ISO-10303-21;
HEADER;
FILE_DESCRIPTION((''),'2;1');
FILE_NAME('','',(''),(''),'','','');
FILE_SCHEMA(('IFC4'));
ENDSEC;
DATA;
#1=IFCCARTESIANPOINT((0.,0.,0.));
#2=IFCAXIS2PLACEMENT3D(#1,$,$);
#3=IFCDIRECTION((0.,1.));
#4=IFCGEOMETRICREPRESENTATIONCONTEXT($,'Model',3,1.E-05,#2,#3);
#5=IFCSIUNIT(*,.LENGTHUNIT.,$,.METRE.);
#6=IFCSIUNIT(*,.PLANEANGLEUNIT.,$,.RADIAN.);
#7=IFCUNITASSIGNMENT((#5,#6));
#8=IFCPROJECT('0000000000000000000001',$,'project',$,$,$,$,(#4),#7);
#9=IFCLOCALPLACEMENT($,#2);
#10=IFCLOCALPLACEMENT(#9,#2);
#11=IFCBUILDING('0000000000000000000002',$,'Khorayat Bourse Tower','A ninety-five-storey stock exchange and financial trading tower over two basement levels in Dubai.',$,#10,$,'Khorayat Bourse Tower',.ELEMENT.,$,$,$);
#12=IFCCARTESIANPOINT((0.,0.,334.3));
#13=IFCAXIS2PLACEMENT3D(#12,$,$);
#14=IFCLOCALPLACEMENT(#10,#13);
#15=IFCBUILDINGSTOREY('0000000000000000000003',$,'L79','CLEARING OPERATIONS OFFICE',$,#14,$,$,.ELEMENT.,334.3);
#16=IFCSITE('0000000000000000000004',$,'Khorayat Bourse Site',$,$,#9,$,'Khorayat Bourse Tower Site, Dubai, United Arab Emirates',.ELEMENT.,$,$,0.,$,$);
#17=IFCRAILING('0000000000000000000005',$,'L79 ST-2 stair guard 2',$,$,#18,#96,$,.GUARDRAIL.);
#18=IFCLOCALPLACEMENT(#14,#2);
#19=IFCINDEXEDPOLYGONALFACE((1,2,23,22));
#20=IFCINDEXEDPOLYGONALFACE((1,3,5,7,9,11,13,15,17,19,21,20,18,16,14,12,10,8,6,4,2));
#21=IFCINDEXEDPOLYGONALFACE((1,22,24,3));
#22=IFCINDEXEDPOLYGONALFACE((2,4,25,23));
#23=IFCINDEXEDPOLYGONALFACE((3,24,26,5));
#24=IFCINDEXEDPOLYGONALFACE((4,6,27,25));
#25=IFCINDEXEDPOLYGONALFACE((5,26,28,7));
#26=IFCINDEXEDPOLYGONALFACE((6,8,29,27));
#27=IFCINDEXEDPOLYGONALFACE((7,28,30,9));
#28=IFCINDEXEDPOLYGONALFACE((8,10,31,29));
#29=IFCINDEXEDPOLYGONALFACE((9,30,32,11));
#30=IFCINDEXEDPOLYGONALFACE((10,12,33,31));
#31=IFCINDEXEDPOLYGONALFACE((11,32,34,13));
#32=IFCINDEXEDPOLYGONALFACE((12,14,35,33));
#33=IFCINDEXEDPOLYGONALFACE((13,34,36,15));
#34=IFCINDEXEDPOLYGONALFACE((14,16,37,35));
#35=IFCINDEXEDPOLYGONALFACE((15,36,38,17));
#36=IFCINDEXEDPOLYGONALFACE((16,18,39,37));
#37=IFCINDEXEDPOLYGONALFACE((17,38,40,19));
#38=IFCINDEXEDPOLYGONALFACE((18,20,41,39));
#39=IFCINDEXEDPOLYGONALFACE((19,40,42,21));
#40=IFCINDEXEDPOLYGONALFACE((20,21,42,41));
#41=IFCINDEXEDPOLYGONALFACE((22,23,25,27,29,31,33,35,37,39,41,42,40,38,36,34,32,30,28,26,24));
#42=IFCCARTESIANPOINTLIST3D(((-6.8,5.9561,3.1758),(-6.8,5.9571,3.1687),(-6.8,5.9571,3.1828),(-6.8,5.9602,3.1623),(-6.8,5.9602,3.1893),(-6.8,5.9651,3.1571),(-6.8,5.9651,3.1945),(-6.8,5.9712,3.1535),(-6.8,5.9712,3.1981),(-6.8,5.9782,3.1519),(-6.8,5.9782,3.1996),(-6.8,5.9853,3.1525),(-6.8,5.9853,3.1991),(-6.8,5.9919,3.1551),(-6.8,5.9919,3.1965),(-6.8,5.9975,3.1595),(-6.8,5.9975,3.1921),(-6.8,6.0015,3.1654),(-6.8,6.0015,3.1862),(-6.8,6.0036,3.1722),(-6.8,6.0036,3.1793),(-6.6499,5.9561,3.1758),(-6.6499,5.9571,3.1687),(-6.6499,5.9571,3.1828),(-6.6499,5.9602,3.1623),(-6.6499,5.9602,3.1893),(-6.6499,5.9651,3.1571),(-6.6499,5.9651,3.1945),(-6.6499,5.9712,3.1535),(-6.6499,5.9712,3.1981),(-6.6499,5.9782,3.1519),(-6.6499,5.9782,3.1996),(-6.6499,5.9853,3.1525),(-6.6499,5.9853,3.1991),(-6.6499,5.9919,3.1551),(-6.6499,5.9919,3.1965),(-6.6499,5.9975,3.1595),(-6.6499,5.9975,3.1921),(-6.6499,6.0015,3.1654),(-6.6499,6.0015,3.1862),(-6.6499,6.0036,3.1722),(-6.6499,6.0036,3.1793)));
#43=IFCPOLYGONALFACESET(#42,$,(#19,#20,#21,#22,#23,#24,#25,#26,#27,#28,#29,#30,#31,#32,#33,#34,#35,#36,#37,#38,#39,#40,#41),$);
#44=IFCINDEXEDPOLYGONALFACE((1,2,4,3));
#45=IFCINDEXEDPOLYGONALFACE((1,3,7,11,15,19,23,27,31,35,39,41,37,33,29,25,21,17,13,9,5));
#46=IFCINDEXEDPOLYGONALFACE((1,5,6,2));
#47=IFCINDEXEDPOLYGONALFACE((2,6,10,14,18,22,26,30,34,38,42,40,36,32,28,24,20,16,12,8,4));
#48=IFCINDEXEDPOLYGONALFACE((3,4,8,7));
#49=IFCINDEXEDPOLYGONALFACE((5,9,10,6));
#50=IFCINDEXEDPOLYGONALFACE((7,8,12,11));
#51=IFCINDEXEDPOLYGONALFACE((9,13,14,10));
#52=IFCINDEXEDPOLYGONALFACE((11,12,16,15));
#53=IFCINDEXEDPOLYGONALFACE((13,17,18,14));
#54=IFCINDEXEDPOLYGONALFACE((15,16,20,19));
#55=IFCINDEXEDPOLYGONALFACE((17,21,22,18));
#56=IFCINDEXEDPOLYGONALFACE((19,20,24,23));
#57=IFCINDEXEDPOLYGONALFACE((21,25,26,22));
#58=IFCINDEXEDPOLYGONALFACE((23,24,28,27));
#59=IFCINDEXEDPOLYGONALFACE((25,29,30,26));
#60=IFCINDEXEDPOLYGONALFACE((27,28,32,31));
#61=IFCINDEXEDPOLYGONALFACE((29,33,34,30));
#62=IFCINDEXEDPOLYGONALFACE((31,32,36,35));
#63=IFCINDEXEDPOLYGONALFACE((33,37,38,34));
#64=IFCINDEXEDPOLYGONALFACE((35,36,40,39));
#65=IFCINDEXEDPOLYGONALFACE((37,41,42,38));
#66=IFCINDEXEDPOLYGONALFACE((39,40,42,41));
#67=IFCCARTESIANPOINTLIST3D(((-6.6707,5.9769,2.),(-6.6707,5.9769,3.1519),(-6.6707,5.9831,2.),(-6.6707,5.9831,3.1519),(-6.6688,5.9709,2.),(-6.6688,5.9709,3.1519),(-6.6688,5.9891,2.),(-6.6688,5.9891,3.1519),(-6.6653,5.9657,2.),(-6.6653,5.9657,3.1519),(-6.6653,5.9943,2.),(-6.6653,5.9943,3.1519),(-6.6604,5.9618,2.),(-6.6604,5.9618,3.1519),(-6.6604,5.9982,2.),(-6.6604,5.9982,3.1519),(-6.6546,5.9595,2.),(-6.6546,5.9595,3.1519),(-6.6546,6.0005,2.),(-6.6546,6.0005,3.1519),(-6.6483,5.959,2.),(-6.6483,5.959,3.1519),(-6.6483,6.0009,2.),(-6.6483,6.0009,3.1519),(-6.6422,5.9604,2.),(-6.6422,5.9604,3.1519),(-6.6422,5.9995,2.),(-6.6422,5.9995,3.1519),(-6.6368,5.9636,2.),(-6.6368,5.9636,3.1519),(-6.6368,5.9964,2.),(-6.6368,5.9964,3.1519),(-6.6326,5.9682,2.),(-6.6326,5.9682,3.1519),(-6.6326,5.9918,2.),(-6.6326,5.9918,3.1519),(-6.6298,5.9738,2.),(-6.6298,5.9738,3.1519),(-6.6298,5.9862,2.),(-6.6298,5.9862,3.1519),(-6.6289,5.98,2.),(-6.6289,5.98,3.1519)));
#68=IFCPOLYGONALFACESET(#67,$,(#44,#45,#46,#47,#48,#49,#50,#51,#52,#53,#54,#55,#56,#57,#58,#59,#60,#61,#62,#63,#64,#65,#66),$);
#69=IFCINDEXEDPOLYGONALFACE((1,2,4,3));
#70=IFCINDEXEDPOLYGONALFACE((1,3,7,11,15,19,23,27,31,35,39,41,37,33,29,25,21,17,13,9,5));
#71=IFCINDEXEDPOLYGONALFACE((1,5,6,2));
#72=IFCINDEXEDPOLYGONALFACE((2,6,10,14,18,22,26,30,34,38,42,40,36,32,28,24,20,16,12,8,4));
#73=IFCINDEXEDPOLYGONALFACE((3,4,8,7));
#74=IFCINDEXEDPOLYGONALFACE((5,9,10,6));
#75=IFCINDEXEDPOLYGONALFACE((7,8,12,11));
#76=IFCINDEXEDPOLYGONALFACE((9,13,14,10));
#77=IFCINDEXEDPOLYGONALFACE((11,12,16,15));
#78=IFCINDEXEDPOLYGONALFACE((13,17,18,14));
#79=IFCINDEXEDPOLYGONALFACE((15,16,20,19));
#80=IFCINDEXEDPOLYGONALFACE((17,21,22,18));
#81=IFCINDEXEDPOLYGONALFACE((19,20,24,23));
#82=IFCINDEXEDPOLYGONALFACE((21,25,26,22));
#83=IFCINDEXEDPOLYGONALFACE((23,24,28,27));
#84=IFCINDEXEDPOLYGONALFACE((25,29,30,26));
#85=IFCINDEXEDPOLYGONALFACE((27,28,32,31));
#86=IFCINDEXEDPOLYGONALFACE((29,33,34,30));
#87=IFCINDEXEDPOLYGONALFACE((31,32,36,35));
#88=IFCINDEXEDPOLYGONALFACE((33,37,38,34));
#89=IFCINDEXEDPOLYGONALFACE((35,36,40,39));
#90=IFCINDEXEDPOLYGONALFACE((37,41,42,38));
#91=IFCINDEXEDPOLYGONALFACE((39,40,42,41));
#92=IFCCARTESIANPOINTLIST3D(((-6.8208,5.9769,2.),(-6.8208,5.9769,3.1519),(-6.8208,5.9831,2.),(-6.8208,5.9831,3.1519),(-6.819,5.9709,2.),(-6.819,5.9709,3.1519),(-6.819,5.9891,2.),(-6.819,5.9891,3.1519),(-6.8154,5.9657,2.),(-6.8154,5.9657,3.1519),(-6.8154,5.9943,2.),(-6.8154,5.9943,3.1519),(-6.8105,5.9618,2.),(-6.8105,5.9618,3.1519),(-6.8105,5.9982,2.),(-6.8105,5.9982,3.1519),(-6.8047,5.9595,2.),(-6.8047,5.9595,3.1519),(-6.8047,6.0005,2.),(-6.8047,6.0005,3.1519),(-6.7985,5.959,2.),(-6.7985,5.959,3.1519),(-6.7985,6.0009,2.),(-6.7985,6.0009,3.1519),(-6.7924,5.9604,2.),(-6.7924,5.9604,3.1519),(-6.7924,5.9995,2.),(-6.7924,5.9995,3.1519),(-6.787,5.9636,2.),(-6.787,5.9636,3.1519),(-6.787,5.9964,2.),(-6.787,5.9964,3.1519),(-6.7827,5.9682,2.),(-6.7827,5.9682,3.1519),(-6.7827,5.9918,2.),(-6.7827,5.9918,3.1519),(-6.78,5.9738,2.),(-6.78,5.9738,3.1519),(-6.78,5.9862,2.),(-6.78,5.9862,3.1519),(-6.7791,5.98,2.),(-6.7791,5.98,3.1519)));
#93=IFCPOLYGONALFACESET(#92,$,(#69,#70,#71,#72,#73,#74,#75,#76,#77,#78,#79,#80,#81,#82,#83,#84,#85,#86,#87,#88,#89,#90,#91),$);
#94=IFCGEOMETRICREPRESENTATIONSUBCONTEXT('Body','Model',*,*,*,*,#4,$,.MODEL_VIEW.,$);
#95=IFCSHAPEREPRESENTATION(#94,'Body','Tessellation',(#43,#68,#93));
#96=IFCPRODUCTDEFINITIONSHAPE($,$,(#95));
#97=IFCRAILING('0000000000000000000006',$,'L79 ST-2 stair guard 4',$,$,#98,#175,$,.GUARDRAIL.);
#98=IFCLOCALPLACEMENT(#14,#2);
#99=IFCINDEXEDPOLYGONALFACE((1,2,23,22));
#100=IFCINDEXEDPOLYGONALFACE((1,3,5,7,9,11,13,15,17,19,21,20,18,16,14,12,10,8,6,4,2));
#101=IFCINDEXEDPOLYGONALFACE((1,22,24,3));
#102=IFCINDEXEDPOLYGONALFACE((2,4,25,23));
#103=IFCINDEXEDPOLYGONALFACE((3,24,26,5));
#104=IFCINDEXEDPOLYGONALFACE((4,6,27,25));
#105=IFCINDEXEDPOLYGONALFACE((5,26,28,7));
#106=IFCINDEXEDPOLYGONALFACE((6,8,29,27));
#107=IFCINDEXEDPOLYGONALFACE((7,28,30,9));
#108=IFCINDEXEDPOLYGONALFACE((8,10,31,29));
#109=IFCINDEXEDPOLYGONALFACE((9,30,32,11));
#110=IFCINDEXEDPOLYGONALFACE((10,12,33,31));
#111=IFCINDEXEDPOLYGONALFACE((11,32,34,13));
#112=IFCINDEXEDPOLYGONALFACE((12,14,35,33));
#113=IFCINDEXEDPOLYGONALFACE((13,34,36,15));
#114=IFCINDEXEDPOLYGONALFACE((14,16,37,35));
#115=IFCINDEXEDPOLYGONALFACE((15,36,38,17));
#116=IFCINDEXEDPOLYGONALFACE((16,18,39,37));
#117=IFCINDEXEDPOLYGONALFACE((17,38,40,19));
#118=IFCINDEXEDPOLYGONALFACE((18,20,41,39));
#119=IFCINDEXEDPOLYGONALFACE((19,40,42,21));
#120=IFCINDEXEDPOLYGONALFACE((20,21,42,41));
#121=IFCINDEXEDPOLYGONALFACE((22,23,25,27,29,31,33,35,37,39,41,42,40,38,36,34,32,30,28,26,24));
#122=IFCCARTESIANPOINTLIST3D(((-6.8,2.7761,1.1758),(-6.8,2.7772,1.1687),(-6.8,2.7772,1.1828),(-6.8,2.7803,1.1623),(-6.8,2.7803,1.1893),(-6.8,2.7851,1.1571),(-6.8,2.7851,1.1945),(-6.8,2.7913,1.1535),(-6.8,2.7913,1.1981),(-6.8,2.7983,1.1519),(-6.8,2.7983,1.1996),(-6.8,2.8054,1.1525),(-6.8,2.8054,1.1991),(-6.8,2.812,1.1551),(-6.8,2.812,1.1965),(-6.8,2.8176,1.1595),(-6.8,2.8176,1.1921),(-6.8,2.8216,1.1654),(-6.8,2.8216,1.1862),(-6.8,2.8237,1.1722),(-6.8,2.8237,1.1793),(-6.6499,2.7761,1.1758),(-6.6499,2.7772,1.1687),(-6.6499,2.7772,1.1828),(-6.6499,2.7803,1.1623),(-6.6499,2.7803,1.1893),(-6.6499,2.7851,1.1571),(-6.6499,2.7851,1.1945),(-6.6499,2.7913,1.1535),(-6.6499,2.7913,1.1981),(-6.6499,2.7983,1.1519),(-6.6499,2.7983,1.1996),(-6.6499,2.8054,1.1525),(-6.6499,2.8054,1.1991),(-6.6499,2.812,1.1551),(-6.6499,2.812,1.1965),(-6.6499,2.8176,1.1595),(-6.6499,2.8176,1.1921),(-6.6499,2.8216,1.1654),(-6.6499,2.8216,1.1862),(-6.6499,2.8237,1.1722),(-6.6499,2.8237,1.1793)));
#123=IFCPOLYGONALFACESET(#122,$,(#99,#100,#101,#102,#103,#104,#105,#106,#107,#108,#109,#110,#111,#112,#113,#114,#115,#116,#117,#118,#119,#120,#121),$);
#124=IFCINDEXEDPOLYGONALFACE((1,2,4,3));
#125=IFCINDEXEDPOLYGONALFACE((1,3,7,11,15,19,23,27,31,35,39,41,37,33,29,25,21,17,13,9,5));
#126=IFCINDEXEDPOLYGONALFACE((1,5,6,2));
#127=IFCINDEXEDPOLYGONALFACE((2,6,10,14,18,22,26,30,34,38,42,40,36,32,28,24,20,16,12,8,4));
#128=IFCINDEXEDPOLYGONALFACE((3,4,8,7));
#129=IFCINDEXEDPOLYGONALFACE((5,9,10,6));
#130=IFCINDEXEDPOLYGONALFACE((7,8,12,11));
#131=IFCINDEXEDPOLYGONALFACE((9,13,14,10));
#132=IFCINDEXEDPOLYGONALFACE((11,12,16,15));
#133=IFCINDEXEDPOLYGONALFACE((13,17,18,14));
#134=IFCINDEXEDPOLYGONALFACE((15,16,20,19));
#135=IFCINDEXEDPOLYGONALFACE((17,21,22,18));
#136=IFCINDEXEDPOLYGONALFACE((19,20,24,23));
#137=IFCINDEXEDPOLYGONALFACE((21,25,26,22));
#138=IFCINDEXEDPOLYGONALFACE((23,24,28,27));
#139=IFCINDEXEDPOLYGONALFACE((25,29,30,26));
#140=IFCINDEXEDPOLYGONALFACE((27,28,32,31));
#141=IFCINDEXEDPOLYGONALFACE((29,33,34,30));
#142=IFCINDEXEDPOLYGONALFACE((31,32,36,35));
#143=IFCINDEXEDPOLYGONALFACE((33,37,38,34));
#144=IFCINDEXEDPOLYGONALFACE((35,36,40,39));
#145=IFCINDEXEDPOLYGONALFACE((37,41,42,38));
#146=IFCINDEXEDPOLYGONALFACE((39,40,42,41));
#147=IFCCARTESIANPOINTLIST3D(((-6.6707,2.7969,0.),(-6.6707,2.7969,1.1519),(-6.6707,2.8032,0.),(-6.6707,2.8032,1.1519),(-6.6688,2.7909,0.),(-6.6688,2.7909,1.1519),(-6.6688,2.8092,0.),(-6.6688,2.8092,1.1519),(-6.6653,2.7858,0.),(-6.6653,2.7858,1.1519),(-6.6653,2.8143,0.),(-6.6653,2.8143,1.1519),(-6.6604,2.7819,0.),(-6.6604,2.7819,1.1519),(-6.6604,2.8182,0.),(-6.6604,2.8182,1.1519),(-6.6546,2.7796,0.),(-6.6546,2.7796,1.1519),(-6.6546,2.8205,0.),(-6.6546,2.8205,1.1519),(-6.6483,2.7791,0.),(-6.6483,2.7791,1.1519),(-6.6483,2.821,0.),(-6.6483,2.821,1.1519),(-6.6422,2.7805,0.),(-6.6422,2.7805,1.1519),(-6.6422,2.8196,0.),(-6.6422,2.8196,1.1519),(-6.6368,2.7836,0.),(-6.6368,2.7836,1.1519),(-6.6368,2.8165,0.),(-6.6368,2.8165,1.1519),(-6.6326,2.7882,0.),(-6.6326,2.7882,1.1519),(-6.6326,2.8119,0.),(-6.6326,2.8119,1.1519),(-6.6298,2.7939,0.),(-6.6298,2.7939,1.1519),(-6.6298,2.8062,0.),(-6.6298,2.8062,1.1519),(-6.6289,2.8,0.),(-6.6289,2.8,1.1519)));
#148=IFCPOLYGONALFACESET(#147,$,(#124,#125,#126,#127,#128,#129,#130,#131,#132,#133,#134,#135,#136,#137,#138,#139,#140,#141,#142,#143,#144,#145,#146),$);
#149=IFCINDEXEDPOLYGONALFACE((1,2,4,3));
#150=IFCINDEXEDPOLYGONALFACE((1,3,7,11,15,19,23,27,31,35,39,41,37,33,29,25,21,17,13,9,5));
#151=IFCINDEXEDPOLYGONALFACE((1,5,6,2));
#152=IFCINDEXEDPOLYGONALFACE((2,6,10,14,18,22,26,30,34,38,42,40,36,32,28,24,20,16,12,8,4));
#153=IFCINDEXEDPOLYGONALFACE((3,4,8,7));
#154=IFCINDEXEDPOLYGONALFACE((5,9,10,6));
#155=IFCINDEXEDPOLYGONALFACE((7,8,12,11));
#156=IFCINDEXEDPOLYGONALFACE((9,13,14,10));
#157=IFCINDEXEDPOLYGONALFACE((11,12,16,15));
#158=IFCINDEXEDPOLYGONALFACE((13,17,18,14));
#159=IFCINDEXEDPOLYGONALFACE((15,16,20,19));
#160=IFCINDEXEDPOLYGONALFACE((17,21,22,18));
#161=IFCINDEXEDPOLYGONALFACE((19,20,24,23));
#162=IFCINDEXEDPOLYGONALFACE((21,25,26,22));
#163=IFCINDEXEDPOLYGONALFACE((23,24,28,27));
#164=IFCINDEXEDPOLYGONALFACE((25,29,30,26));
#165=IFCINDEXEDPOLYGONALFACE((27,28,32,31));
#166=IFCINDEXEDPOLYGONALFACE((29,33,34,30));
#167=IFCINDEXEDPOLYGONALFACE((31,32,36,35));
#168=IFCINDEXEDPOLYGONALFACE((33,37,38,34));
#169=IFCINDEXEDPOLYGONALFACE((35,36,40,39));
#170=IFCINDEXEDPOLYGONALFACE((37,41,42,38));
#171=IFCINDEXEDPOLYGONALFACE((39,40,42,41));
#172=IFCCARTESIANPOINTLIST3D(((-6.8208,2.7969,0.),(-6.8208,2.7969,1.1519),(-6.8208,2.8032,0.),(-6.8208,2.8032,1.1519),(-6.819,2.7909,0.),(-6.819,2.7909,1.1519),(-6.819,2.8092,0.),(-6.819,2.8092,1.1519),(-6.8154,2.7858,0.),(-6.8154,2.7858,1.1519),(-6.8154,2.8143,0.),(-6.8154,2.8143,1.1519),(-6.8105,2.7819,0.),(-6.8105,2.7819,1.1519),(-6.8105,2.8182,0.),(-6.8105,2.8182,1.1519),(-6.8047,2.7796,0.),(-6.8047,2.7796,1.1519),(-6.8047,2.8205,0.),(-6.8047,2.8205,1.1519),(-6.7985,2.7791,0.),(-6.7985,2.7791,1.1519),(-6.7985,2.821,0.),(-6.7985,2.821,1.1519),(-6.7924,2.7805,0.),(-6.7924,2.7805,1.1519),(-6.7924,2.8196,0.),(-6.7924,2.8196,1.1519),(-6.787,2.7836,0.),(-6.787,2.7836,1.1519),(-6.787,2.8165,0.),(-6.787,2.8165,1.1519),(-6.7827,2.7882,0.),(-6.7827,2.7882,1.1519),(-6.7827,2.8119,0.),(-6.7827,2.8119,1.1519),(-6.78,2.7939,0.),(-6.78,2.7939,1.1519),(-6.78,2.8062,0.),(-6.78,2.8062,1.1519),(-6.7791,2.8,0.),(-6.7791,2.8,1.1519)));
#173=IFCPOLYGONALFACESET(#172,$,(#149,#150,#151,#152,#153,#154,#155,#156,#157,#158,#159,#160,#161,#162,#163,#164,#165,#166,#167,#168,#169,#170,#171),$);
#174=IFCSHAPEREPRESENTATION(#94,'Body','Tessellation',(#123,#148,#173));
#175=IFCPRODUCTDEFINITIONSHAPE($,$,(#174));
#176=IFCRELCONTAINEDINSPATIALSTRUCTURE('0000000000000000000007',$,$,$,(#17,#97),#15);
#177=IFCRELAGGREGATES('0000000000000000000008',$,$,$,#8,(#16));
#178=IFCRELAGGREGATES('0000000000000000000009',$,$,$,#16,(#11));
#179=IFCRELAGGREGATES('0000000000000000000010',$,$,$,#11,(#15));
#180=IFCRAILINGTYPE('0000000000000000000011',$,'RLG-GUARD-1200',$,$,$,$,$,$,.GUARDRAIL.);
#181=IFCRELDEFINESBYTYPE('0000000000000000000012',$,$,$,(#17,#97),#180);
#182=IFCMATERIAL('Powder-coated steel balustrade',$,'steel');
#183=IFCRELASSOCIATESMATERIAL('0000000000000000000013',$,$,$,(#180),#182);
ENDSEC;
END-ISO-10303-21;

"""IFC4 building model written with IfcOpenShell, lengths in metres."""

from ifc_helpers import new_model, si_unit, direction, frame, origin, origin_2d, place, context, subcontext, project, spatial, circle, extrude, source, transform, mapped, material, type_object, element, save


model = new_model("IFC4")

# Units and contexts
model_context = context("Model", 3, precision=1e-05, world=origin(), true_north=direction((0.0, 1.0)))
body_context = subcontext(model_context, "Body", "Model", "MODEL_VIEW")
ifc_project = project(units=[si_unit("LENGTHUNIT", "METRE"), si_unit("PLANEANGLEUNIT", "RADIAN")], contexts=[model_context])

# Site, building, storey
site_placement = place(None, origin())
site = spatial("IfcSite", under=ifc_project, at=site_placement, Name="Khorayat Bourse Site", LongName="Khorayat Bourse Tower Site, Dubai, United Arab Emirates", CompositionType="ELEMENT", RefElevation=0.0)
building_placement = place(site_placement, origin())
building = spatial("IfcBuilding", under=site, at=building_placement, Name="Khorayat Bourse Tower", Description="A ninety-five-storey stock exchange and financial trading tower over two basement levels in Dubai.", LongName="Khorayat Bourse Tower", CompositionType="ELEMENT")
storey_placement = place(building_placement, frame((0.0, 0.0, 334.3)))
storey = spatial("IfcBuildingStorey", under=building, at=storey_placement, Name="L79", Description="CLEARING OPERATIONS OFFICE", CompositionType="ELEMENT", Elevation=334.3)

# Railings
ifc_material_1 = material(Name="Powder-coated steel balustrade", Category="steel")
railing_type_1 = type_object("IfcRailingType", Name="RLG-GUARD-1200", PredefinedType="GUARDRAIL", material=ifc_material_1)
shared_shape_1 = source(origin(), body_context, "Body", "SweptSolid", [
    extrude(circle(Radius=0.0239, at=origin_2d()), frame((0.0, 0.0, 1.1758), z_axis=(-1.0, 0.0, 0.0), x_axis=(0.0, -1.0, 0.0)), (0.0, 0.0, 1.0), 0.1501),
    extrude(circle(Radius=0.021, at=origin_2d()), origin(), (0.0, 0.0, 1.0), 1.1519),
    extrude(circle(Radius=0.021, at=origin_2d()), frame((-0.1501, 0.0, 0.0)), (0.0, 0.0, 1.0), 1.1519),
])
for number, where, name in (
    (1, (-6.6499, 5.98, 2.0), "L79 ST-2 stair guard 2"),
    (2, (-6.6499, 2.8, 0.0), "L79 ST-2 stair guard 4"),
):
    element("IfcRailing", number, at=place(storey_placement, frame(where)), inside=storey, type_object=railing_type_1, Name=name, PredefinedType="GUARDRAIL", context=body_context, shape_type="MappedRepresentation", body=[
        mapped(shared_shape_1, transform((0.0, 0.0, 0.0), scale=1.0)),
    ])

save(model, "model.ifc")
